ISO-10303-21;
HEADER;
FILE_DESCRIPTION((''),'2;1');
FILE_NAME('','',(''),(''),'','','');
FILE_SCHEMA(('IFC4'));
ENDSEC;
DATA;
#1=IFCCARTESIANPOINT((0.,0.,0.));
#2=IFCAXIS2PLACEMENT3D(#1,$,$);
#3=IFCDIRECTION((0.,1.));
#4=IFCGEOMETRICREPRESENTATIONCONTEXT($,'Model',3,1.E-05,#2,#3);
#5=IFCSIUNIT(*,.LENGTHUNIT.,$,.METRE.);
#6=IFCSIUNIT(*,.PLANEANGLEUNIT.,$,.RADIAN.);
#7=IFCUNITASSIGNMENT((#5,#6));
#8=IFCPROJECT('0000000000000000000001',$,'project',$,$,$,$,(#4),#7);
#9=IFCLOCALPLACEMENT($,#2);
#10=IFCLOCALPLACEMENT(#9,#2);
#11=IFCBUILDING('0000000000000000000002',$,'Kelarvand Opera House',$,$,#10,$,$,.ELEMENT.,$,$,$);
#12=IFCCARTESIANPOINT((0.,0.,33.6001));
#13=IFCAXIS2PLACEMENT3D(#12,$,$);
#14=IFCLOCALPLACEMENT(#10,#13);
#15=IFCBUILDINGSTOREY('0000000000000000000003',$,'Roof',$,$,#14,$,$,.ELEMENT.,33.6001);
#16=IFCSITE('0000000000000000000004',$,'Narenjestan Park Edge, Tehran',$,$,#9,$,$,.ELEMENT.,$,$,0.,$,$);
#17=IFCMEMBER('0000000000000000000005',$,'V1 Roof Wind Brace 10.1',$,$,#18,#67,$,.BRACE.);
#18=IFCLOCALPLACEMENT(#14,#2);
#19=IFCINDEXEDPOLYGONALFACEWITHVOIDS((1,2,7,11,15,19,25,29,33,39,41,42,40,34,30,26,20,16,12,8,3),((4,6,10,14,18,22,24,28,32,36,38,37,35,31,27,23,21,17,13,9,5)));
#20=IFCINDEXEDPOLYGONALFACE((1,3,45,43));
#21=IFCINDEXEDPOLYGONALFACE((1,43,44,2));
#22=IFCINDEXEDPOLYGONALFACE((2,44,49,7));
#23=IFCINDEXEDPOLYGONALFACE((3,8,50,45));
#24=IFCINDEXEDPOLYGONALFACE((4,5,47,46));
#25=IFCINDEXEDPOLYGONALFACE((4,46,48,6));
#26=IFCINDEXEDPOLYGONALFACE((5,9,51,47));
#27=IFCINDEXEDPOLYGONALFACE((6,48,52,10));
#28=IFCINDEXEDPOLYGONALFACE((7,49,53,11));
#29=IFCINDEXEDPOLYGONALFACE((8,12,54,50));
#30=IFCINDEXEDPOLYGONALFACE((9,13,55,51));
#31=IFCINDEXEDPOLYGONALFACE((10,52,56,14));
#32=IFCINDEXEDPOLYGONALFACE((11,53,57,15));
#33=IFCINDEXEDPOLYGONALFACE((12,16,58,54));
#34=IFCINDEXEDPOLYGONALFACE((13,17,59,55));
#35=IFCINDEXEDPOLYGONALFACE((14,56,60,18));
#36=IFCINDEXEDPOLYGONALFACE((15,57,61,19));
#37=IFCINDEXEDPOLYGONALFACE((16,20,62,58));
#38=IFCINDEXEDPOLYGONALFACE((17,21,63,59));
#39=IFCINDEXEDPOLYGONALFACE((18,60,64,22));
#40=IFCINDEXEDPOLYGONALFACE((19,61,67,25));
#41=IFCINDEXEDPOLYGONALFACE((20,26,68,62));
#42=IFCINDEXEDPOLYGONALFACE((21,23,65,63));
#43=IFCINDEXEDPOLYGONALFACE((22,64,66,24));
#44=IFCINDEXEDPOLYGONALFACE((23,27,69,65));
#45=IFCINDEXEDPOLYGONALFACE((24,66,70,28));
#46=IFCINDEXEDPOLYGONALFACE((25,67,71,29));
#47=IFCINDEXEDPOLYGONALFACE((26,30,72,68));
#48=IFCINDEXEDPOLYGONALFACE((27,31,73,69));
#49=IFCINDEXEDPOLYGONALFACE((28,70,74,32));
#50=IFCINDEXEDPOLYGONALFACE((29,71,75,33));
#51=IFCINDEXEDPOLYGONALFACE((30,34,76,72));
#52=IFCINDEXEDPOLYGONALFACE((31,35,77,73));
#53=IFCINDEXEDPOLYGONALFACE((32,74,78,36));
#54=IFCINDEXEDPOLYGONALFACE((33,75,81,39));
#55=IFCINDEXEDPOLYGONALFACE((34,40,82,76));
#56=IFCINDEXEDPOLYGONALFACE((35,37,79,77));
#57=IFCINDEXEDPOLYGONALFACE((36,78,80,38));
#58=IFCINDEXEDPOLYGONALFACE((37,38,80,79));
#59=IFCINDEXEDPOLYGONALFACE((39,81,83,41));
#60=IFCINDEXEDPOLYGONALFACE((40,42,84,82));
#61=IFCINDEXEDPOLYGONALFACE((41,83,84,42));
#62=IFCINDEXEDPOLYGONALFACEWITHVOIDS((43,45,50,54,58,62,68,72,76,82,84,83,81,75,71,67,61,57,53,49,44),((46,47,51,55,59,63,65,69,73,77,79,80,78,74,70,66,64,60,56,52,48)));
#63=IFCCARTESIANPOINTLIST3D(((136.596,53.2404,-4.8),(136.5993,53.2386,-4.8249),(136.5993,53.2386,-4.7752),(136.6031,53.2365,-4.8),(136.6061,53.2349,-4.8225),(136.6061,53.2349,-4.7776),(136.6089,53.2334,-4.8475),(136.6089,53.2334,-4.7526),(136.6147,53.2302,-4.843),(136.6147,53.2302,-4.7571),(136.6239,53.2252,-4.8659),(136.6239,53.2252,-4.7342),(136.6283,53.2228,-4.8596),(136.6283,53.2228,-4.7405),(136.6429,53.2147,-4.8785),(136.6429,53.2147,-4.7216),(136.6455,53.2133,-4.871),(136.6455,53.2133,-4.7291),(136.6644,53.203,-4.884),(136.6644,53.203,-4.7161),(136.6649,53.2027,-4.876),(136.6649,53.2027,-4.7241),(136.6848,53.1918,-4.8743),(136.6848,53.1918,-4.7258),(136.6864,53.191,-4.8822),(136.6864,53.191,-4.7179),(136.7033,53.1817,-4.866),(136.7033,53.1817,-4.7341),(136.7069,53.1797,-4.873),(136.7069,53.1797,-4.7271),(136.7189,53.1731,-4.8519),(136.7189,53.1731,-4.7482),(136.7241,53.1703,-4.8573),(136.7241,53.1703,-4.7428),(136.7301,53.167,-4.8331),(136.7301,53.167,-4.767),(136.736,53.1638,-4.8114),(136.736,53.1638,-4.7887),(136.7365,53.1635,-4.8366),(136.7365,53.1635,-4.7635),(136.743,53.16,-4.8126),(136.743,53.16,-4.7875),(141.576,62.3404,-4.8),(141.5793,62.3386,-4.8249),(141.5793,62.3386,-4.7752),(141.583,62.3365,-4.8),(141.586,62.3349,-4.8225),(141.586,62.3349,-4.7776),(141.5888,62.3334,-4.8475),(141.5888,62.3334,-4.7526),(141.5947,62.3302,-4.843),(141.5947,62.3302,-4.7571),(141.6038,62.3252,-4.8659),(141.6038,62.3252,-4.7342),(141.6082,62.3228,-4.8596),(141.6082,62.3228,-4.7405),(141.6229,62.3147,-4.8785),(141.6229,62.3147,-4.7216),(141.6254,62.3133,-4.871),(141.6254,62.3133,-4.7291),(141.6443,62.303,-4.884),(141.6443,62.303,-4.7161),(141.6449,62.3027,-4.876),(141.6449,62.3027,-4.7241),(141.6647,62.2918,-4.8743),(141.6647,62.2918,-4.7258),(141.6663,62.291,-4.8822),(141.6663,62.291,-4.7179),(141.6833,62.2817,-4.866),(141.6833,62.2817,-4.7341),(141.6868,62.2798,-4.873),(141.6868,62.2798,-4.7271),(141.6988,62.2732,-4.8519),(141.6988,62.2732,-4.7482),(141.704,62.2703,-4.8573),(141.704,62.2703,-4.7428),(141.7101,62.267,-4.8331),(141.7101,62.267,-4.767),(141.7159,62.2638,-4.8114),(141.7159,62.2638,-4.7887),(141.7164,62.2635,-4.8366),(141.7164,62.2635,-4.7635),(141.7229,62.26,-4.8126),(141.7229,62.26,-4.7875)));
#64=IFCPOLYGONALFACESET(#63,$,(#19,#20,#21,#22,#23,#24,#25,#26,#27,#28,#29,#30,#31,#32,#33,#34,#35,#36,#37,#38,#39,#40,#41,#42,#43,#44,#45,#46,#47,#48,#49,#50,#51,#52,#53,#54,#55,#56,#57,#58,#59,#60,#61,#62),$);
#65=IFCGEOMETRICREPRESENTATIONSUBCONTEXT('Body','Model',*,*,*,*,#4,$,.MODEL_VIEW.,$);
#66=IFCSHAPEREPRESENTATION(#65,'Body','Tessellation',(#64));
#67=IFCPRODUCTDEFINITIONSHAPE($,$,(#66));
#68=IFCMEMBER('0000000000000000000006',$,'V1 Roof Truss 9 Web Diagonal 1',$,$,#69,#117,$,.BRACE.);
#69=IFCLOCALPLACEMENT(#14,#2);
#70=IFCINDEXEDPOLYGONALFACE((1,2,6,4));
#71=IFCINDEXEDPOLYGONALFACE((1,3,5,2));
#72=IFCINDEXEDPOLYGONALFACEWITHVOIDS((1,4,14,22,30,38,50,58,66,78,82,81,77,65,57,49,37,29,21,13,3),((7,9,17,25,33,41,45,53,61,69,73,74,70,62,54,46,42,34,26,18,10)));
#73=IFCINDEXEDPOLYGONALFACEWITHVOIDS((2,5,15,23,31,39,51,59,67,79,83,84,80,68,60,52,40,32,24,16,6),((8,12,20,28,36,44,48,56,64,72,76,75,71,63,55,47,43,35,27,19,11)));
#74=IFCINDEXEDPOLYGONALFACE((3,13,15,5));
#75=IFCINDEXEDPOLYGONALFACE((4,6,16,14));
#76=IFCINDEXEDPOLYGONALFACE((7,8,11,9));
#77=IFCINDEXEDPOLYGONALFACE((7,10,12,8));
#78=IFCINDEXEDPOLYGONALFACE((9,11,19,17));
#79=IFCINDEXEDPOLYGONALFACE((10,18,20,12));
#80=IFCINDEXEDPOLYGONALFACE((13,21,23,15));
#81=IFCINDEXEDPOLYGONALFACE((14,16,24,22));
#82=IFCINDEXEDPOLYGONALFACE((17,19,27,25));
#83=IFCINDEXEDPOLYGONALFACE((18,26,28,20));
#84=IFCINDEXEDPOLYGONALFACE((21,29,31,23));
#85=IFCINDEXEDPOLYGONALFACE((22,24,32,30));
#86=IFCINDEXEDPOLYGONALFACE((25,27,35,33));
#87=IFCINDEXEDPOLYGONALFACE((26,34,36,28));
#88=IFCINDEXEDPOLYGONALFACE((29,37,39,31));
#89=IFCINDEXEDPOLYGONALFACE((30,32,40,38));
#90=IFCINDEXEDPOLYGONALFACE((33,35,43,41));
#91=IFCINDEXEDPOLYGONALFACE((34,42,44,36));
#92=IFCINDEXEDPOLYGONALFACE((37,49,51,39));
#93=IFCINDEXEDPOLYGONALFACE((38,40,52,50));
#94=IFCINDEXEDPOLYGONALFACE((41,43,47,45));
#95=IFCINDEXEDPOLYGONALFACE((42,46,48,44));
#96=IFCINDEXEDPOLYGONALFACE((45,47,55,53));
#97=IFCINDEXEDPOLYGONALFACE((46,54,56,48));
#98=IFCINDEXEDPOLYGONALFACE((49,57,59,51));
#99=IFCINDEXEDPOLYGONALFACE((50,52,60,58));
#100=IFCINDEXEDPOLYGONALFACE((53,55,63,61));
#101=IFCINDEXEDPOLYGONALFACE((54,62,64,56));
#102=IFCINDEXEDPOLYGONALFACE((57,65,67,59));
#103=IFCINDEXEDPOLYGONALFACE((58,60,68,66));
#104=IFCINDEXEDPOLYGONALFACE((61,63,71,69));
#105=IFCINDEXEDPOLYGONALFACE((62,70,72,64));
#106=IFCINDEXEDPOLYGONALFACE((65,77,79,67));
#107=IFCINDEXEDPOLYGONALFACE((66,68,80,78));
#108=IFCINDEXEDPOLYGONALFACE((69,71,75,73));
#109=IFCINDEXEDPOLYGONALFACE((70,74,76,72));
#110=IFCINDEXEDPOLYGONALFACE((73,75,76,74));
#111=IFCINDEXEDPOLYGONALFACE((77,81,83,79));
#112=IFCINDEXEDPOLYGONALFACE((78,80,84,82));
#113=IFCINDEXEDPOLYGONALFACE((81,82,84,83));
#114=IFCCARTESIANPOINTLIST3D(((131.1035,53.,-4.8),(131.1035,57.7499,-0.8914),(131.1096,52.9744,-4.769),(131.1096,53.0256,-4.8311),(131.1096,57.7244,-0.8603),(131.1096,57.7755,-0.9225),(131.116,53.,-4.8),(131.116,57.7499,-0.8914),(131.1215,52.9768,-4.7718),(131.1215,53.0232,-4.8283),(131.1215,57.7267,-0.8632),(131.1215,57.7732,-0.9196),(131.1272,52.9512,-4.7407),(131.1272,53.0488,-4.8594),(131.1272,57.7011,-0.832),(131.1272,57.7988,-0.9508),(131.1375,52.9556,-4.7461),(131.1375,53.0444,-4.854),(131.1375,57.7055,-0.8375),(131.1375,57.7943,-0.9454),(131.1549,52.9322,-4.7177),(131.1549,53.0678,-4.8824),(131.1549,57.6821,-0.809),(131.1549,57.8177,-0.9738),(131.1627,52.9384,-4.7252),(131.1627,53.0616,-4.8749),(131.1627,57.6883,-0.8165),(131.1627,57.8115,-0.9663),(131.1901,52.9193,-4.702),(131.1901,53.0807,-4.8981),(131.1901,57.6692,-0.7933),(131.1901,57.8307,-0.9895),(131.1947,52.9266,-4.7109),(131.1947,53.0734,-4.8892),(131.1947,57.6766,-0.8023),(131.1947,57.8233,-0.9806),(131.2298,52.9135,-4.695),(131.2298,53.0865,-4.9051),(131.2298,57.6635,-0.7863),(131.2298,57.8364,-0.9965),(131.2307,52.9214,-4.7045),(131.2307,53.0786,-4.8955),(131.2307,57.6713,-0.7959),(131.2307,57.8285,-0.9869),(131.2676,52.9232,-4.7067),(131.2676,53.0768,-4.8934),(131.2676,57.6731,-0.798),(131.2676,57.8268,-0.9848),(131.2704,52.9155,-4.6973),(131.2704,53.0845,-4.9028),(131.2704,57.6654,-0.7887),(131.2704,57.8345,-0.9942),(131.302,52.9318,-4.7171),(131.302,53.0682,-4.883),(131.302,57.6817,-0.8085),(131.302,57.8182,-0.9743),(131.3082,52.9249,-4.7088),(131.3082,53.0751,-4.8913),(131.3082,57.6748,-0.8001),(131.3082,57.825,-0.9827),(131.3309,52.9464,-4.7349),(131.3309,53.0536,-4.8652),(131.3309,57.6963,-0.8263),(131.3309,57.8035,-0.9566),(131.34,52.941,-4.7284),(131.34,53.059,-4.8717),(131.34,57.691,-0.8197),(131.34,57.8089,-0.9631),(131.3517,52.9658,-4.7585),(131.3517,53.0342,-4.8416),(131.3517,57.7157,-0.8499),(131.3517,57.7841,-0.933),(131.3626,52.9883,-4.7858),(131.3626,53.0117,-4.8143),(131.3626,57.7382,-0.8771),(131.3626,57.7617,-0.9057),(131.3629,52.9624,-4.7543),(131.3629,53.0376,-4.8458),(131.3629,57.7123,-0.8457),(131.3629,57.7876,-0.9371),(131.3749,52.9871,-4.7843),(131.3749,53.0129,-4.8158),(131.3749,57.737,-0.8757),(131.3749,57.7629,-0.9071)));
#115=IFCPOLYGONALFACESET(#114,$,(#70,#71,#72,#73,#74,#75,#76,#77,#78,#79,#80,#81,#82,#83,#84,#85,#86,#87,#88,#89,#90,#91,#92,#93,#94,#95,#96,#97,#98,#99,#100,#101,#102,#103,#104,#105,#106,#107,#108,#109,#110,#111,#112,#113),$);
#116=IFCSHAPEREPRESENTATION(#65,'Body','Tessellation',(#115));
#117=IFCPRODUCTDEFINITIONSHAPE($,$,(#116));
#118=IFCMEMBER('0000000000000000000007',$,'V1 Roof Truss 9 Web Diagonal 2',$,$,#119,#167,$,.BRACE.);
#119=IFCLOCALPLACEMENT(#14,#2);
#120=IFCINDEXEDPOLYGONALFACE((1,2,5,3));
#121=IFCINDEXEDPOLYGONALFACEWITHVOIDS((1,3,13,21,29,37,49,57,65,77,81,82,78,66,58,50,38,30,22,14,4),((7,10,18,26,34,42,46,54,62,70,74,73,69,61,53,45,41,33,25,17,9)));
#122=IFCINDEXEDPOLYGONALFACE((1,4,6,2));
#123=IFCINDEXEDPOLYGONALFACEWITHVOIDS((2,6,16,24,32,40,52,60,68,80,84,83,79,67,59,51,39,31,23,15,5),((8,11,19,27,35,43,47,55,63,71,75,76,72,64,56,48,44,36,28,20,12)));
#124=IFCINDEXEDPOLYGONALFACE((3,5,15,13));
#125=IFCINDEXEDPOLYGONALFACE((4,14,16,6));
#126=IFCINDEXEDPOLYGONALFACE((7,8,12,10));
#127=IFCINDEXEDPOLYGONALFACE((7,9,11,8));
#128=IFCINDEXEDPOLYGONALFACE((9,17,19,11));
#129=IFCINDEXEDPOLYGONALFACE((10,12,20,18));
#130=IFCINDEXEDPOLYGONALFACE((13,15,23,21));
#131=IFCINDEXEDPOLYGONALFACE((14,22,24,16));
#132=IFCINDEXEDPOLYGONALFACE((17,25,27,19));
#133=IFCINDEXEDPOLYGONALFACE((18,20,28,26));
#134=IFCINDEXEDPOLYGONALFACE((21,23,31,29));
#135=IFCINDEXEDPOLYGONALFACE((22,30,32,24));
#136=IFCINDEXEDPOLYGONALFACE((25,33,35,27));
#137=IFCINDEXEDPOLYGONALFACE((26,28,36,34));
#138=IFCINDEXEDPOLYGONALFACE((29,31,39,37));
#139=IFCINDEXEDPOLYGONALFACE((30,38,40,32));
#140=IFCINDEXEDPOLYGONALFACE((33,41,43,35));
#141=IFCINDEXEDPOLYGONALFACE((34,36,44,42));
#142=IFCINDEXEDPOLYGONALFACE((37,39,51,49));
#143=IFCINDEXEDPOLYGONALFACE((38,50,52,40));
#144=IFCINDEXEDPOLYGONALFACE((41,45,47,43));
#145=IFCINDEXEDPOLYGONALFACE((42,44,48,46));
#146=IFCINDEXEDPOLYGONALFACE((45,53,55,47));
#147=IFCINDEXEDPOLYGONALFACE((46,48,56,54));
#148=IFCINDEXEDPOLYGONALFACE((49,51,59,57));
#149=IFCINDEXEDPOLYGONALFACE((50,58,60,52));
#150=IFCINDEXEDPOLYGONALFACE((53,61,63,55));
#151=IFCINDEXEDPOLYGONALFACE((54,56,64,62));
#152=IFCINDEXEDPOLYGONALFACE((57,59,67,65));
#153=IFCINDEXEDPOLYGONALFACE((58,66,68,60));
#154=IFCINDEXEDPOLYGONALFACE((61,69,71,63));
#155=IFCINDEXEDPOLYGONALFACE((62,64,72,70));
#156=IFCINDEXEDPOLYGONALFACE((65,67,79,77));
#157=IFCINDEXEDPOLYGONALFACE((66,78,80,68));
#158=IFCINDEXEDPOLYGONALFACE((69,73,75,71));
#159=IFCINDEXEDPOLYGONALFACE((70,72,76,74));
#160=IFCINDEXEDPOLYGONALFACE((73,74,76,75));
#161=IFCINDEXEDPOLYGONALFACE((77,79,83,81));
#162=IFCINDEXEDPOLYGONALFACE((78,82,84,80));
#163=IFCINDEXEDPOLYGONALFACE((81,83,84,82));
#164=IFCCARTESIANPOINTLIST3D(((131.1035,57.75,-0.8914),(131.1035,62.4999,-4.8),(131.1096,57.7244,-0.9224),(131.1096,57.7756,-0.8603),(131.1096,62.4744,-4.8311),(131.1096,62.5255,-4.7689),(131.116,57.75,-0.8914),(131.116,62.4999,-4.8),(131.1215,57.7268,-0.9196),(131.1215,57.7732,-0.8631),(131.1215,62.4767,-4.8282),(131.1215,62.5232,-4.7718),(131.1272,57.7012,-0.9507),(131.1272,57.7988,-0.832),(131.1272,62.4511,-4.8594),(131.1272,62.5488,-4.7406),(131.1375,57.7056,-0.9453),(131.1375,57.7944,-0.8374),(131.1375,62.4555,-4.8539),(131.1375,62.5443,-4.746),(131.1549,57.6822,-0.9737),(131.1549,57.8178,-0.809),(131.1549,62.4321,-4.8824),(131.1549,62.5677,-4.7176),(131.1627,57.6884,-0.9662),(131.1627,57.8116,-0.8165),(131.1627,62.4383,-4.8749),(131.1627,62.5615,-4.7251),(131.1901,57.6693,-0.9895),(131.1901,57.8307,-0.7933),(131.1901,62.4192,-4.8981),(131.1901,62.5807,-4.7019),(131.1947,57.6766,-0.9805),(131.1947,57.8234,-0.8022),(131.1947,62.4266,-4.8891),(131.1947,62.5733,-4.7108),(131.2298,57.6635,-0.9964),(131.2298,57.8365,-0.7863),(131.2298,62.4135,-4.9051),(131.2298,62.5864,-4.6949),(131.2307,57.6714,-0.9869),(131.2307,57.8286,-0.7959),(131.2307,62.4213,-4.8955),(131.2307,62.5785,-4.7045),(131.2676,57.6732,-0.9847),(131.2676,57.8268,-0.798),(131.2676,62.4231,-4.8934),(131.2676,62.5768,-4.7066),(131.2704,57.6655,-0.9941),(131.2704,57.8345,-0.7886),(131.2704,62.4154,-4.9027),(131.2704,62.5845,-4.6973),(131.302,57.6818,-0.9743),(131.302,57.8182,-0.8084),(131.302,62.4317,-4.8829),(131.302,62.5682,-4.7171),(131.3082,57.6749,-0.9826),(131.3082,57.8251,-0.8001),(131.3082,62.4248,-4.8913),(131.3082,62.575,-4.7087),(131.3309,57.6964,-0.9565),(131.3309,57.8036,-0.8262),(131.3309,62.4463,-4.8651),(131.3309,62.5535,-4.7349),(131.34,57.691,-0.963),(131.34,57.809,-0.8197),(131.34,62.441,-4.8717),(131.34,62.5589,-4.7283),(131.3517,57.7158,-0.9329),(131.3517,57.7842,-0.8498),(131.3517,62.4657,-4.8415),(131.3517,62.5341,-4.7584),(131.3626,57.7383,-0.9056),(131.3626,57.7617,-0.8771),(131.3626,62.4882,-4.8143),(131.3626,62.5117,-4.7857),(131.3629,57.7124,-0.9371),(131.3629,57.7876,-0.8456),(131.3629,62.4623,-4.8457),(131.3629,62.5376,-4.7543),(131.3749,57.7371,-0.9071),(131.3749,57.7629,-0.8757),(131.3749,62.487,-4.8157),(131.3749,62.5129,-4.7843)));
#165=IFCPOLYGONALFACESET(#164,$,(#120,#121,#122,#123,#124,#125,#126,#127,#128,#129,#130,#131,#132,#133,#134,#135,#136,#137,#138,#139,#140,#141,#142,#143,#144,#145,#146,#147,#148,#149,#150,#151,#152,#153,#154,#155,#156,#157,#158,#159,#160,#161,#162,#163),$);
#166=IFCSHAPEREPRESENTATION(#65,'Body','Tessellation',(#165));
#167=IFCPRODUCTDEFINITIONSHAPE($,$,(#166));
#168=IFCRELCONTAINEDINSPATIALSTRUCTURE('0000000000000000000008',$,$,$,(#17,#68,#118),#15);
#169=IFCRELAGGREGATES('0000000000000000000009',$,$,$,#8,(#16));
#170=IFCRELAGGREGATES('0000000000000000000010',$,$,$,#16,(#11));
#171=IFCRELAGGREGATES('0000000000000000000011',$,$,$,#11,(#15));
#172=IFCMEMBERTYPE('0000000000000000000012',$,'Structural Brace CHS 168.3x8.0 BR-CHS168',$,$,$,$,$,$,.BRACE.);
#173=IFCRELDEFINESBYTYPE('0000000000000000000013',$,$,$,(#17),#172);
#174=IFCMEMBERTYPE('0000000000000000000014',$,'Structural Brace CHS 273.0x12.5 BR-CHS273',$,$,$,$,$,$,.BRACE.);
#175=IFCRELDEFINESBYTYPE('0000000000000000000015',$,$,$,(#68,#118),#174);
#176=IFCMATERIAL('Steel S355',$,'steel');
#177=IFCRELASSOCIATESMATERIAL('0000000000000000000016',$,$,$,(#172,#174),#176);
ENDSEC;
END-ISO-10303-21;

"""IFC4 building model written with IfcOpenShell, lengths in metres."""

from ifc_helpers import new_model, si_unit, direction, frame, origin, origin_2d, place, context, subcontext, project, spatial, hollow_circle, extrude, material, material_profile, profile_set, type_object, element, save


model = new_model("IFC4")

# Units and contexts
model_context = context("Model", 3, precision=1e-05, world=origin(), true_north=direction((0.0, 1.0)))
body_context = subcontext(model_context, "Body", "Model", "MODEL_VIEW")
ifc_project = project(units=[si_unit("LENGTHUNIT", "METRE"), si_unit("PLANEANGLEUNIT", "RADIAN")], contexts=[model_context])

# Site, building, storey
site_placement = place(None, origin())
site = spatial("IfcSite", under=ifc_project, at=site_placement, Name="Narenjestan Park Edge, Tehran", CompositionType="ELEMENT", RefElevation=0.0)
building_placement = place(site_placement, origin())
building = spatial("IfcBuilding", under=site, at=building_placement, Name="Kelarvand Opera House", CompositionType="ELEMENT")
storey_placement = place(building_placement, frame((0.0, 0.0, 33.6001)))
storey = spatial("IfcBuildingStorey", under=building, at=storey_placement, Name="Roof", CompositionType="ELEMENT", Elevation=33.6001)

# Members
ifc_material = material(Name="Steel S355", Category="steel")
ifc_material_profile_1 = material_profile(ifc_material, hollow_circle(Radius=0.0842, WallThickness=0.0081, at=origin_2d()), Name="CHS 168.3x8.0", Category="steel")
ifc_profile_set_1 = profile_set([ifc_material_profile_1], Name="Steel S355")
member_type_1 = type_object("IfcMemberType", Name="Structural Brace CHS 168.3x8.0 BR-CHS168", PredefinedType="BRACE", material=ifc_profile_set_1)
member_placement = place(storey_placement, frame((136.6699, 53.2, -4.8), z_axis=(0.480062, 0.877235, 0.0), x_axis=(-0.877235, 0.480062, 0.0)))
element("IfcMember", 1, at=member_placement, inside=storey, type_object=member_type_1, Name="V1 Roof Wind Brace 10.1", PredefinedType="BRACE", context=body_context, shape_type="SweptSolid", body=[
    extrude(hollow_circle(Radius=0.0842, WallThickness=0.0081, at=origin_2d()), origin(), (0.0, 0.0, 1.0), 10.3735),
])
ifc_material_profile_2 = material_profile(ifc_material, hollow_circle(Radius=0.1365, WallThickness=0.0125, at=origin_2d()), Name="CHS 273.0x12.5", Category="steel")
ifc_profile_set_2 = profile_set([ifc_material_profile_2], Name="Steel S355")
member_type_2 = type_object("IfcMemberType", Name="Structural Brace CHS 273.0x12.5 BR-CHS273", PredefinedType="BRACE", material=ifc_profile_set_2)
for number, where, z_axis, x_axis, name in (
    (2, (131.24, 53.0, -4.8), (0.0, 0.772175, 0.63541), (-1.0, 0.0, 0.0), "V1 Roof Truss 9 Web Diagonal 1"),
    (3, (131.24, 57.75, -0.8914), (0.0, 0.772175, -0.63541), (-1.0, 0.0, 0.0), "V1 Roof Truss 9 Web Diagonal 2"),
):
    element("IfcMember", number, at=place(storey_placement, frame(where, z_axis=z_axis, x_axis=x_axis)), inside=storey, type_object=member_type_2, Name=name, PredefinedType="BRACE", context=body_context, shape_type="SweptSolid", body=[
        extrude(hollow_circle(Radius=0.1365, WallThickness=0.0125, at=origin_2d()), origin(), (0.0, 0.0, 1.0), 6.1514),
    ])

save(model, "model.ifc")
